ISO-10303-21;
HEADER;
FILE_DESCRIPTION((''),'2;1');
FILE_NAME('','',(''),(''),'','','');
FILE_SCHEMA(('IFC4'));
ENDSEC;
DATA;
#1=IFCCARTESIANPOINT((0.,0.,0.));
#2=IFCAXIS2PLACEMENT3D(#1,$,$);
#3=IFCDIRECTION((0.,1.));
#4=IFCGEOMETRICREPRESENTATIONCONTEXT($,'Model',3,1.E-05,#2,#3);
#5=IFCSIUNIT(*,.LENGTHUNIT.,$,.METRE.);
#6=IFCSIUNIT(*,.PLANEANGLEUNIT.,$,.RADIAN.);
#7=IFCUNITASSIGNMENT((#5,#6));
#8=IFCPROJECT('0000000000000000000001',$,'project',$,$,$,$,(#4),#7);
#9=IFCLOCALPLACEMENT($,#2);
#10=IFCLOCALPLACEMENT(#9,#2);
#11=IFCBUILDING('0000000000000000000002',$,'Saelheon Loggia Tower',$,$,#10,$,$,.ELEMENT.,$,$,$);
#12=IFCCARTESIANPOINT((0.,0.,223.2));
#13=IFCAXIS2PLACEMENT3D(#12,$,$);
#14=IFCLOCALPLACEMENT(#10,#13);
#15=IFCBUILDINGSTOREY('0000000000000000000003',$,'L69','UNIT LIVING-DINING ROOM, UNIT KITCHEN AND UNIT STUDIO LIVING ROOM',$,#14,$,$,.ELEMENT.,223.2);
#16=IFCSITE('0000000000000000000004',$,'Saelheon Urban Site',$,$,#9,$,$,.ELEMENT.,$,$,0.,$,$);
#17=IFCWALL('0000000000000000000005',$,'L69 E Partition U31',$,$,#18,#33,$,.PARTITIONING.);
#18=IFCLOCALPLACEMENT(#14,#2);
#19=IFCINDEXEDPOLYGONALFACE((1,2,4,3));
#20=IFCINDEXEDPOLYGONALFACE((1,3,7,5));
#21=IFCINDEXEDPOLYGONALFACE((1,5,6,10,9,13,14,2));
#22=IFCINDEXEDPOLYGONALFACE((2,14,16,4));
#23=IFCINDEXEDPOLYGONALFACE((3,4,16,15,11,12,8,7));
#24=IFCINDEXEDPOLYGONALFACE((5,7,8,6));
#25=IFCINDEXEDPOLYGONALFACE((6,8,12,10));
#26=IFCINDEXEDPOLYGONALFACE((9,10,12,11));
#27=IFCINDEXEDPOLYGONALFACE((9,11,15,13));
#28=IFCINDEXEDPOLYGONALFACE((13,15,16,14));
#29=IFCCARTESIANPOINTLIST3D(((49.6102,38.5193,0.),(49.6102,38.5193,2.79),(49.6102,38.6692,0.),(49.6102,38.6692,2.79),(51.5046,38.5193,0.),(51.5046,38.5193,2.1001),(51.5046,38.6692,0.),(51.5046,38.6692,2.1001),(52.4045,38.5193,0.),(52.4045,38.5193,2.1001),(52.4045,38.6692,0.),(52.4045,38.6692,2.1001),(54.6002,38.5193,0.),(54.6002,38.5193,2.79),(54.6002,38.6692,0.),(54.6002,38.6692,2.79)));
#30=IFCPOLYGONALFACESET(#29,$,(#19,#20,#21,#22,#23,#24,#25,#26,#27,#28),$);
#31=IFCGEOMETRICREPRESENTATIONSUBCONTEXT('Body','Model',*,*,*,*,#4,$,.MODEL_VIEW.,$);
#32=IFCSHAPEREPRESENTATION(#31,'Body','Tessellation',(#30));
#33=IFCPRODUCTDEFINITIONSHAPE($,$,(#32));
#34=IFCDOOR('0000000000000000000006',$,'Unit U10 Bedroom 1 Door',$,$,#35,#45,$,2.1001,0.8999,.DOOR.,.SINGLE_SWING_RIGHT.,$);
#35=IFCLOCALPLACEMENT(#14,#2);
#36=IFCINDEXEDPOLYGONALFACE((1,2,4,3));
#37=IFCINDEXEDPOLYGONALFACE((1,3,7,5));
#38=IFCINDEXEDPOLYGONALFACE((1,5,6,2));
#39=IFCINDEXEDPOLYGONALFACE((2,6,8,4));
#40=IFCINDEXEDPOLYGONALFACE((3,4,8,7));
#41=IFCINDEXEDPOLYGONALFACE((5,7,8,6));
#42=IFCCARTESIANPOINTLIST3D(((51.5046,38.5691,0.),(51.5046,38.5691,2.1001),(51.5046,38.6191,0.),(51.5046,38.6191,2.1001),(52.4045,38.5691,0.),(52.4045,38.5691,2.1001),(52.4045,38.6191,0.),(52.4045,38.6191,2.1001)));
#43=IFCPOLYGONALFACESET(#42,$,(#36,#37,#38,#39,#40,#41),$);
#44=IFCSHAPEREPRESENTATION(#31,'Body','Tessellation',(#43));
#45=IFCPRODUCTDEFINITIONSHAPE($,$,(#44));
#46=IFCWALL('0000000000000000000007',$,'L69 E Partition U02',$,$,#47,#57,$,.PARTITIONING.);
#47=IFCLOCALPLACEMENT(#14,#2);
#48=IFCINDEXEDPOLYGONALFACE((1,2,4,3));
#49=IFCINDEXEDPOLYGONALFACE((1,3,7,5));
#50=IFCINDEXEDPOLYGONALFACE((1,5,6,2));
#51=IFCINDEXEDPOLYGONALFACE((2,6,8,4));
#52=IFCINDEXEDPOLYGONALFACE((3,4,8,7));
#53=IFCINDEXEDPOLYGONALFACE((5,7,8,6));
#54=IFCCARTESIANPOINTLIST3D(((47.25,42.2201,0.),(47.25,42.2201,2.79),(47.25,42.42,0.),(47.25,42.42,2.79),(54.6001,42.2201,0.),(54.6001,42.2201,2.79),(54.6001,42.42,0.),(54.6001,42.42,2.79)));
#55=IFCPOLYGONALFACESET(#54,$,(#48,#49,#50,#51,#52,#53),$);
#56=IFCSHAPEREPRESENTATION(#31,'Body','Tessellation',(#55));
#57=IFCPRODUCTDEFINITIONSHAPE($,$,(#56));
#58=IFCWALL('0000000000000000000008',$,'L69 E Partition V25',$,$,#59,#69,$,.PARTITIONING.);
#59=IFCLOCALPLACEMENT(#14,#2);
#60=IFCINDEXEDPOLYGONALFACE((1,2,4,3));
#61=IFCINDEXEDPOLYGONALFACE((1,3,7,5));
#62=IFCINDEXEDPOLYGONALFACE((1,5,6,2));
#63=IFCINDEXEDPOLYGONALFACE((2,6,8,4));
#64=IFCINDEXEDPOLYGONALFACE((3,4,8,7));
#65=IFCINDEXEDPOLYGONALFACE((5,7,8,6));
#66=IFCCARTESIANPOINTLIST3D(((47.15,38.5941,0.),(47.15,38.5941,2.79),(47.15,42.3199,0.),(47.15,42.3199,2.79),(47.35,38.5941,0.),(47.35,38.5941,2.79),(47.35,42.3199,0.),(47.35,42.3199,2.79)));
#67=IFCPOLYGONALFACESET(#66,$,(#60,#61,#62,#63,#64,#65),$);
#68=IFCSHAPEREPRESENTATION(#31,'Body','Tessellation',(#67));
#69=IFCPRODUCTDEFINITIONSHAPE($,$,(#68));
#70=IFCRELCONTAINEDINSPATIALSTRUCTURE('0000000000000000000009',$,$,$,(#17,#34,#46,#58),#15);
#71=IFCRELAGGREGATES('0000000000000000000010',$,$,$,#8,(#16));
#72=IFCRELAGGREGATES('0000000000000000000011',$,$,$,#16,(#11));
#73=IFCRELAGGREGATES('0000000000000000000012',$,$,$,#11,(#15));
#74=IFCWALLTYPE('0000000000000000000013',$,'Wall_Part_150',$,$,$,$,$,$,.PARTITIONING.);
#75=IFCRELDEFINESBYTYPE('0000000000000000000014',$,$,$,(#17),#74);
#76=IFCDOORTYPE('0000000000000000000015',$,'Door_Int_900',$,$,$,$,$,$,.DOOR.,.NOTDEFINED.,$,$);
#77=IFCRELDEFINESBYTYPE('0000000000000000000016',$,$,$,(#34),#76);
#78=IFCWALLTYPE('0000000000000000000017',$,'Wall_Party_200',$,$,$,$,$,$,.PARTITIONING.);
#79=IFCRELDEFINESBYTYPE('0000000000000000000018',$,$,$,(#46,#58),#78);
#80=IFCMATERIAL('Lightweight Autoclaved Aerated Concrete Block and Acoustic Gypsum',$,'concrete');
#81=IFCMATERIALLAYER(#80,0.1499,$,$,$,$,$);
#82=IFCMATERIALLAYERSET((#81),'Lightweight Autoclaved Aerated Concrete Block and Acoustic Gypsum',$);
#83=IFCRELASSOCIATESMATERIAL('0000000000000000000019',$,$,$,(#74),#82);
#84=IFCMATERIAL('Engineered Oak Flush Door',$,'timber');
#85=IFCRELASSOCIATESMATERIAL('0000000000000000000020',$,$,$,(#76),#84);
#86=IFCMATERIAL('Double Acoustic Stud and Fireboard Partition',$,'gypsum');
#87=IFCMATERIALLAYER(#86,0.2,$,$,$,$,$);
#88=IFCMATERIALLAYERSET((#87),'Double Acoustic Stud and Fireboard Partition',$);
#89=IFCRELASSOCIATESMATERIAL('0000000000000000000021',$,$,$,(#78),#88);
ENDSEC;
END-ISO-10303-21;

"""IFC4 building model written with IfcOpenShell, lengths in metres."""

from ifc_helpers import new_model, si_unit, direction, frame, frame_2d, origin, place, context, subcontext, project, spatial, rectangle, extrude, source, transform, mapped, material, layer, layer_set, type_object, element, fill, save


model = new_model("IFC4")

# Units and contexts
model_context = context("Model", 3, precision=1e-05, world=origin(), true_north=direction((0.0, 1.0)))
body_context = subcontext(model_context, "Body", "Model", "MODEL_VIEW")
ifc_project = project(units=[si_unit("LENGTHUNIT", "METRE"), si_unit("PLANEANGLEUNIT", "RADIAN")], contexts=[model_context])

# Site, building, storey
site_placement = place(None, origin())
site = spatial("IfcSite", under=ifc_project, at=site_placement, Name="Saelheon Urban Site", CompositionType="ELEMENT", RefElevation=0.0)
building_placement = place(site_placement, origin())
building = spatial("IfcBuilding", under=site, at=building_placement, Name="Saelheon Loggia Tower", CompositionType="ELEMENT")
storey_placement = place(building_placement, frame((0.0, 0.0, 223.2)))
storey = spatial("IfcBuildingStorey", under=building, at=storey_placement, Name="L69", Description="UNIT LIVING-DINING ROOM, UNIT KITCHEN AND UNIT STUDIO LIVING ROOM", CompositionType="ELEMENT", Elevation=223.2)

# Shared definitions
ifc_material_1 = material(Name="Lightweight Autoclaved Aerated Concrete Block and Acoustic Gypsum", Category="concrete")
ifc_layer_1 = layer(ifc_material_1, 0.1499)
ifc_layer_set_1 = layer_set([ifc_layer_1], Name="Lightweight Autoclaved Aerated Concrete Block and Acoustic Gypsum")
wall_type_1 = type_object("IfcWallType", Name="Wall_Part_150", PredefinedType="PARTITIONING", material=ifc_layer_set_1)

# Wall, opening, door
ifc_material_2 = material(Name="Engineered Oak Flush Door", Category="timber")
door_type = type_object("IfcDoorType", Name="Door_Int_900", OperationType="NOTDEFINED", PredefinedType="DOOR", material=ifc_material_2)
shared_shape_1 = source(origin(), body_context, "Body", "SweptSolid", [
    extrude(rectangle(XDim=0.8999, YDim=2.1001, at=frame_2d((0.45, 1.05))), frame((0.0, 0.0249, 0.0), z_axis=(0.0, -1.0, 0.0), x_axis=(1.0, 0.0, 0.0)), (0.0, 0.0, 1.0), 0.05),
])
wall_1_placement = place(storey_placement, frame((49.6101, 38.5942, 0.0), z_axis=(0.0, 0.0, 1.0), x_axis=(1.0, 0.0, 0.0)))
wall_1 = element("IfcWall", 1, at=wall_1_placement, inside=storey, type_object=wall_type_1, Name="L69 E Partition U31", PredefinedType="PARTITIONING", context=body_context, shape_type="SweptSolid", body=[
    extrude(rectangle(XDim=4.99, YDim=0.1499, at=frame_2d((2.4951, 0.0))), origin(), (0.0, 0.0, 1.0), 2.79),
])
opening_1_placement = place(wall_1_placement, frame((1.8945, 0.0, 0.0)))
opening_1 = element("IfcOpeningElement", 2, at=opening_1_placement, cuts=wall_1, PredefinedType="OPENING", context=body_context, shape_type="SweptSolid", body=[
    extrude(rectangle(XDim=0.8999, YDim=2.1001, at=frame_2d((0.45, 1.05))), frame((0.0, 0.0869, 0.0), z_axis=(0.0, -1.0, 0.0), x_axis=(1.0, 0.0, 0.0)), (0.0, 0.0, 1.0), 0.1738),
])
door_1_placement = place(opening_1_placement, origin())
door_1 = element("IfcDoor", 3, at=door_1_placement, inside=storey, type_object=door_type, Name="Unit U10 Bedroom 1 Door", OperationType="SINGLE_SWING_RIGHT", OverallHeight=2.1001, OverallWidth=0.8999, PredefinedType="DOOR", context=body_context, shape_type="MappedRepresentation", body=[
    mapped(shared_shape_1, transform((0.0, 0.0, 0.0), scale=1.0)),
])
fill(opening_1, door_1)

# Walls
ifc_material_3 = material(Name="Double Acoustic Stud and Fireboard Partition", Category="gypsum")
ifc_layer_2 = layer(ifc_material_3, 0.2)
ifc_layer_set_2 = layer_set([ifc_layer_2], Name="Double Acoustic Stud and Fireboard Partition")
wall_type_2 = type_object("IfcWallType", Name="Wall_Party_200", PredefinedType="PARTITIONING", material=ifc_layer_set_2)
wall_2_placement = place(storey_placement, frame((47.25, 42.3201, 0.0), z_axis=(0.0, 0.0, 1.0), x_axis=(1.0, 0.0, 0.0)))
element("IfcWall", 4, at=wall_2_placement, inside=storey, type_object=wall_type_2, Name="L69 E Partition U02", PredefinedType="PARTITIONING", context=body_context, shape_type="SweptSolid", body=[
    extrude(rectangle(XDim=7.3501, YDim=0.2, at=frame_2d((3.675, 0.0))), origin(), (0.0, 0.0, 1.0), 2.79),
])
wall_3_placement = place(storey_placement, frame((47.25, 38.5942, 0.0), z_axis=(0.0, 0.0, 1.0), x_axis=(0.0, 1.0, 0.0)))
element("IfcWall", 5, at=wall_3_placement, inside=storey, type_object=wall_type_2, Name="L69 E Partition V25", PredefinedType="PARTITIONING", context=body_context, shape_type="SweptSolid", body=[
    extrude(rectangle(XDim=3.7258, YDim=0.2, at=frame_2d((1.8628, 0.0))), origin(), (0.0, 0.0, 1.0), 2.79),
])

save(model, "model.ifc")
